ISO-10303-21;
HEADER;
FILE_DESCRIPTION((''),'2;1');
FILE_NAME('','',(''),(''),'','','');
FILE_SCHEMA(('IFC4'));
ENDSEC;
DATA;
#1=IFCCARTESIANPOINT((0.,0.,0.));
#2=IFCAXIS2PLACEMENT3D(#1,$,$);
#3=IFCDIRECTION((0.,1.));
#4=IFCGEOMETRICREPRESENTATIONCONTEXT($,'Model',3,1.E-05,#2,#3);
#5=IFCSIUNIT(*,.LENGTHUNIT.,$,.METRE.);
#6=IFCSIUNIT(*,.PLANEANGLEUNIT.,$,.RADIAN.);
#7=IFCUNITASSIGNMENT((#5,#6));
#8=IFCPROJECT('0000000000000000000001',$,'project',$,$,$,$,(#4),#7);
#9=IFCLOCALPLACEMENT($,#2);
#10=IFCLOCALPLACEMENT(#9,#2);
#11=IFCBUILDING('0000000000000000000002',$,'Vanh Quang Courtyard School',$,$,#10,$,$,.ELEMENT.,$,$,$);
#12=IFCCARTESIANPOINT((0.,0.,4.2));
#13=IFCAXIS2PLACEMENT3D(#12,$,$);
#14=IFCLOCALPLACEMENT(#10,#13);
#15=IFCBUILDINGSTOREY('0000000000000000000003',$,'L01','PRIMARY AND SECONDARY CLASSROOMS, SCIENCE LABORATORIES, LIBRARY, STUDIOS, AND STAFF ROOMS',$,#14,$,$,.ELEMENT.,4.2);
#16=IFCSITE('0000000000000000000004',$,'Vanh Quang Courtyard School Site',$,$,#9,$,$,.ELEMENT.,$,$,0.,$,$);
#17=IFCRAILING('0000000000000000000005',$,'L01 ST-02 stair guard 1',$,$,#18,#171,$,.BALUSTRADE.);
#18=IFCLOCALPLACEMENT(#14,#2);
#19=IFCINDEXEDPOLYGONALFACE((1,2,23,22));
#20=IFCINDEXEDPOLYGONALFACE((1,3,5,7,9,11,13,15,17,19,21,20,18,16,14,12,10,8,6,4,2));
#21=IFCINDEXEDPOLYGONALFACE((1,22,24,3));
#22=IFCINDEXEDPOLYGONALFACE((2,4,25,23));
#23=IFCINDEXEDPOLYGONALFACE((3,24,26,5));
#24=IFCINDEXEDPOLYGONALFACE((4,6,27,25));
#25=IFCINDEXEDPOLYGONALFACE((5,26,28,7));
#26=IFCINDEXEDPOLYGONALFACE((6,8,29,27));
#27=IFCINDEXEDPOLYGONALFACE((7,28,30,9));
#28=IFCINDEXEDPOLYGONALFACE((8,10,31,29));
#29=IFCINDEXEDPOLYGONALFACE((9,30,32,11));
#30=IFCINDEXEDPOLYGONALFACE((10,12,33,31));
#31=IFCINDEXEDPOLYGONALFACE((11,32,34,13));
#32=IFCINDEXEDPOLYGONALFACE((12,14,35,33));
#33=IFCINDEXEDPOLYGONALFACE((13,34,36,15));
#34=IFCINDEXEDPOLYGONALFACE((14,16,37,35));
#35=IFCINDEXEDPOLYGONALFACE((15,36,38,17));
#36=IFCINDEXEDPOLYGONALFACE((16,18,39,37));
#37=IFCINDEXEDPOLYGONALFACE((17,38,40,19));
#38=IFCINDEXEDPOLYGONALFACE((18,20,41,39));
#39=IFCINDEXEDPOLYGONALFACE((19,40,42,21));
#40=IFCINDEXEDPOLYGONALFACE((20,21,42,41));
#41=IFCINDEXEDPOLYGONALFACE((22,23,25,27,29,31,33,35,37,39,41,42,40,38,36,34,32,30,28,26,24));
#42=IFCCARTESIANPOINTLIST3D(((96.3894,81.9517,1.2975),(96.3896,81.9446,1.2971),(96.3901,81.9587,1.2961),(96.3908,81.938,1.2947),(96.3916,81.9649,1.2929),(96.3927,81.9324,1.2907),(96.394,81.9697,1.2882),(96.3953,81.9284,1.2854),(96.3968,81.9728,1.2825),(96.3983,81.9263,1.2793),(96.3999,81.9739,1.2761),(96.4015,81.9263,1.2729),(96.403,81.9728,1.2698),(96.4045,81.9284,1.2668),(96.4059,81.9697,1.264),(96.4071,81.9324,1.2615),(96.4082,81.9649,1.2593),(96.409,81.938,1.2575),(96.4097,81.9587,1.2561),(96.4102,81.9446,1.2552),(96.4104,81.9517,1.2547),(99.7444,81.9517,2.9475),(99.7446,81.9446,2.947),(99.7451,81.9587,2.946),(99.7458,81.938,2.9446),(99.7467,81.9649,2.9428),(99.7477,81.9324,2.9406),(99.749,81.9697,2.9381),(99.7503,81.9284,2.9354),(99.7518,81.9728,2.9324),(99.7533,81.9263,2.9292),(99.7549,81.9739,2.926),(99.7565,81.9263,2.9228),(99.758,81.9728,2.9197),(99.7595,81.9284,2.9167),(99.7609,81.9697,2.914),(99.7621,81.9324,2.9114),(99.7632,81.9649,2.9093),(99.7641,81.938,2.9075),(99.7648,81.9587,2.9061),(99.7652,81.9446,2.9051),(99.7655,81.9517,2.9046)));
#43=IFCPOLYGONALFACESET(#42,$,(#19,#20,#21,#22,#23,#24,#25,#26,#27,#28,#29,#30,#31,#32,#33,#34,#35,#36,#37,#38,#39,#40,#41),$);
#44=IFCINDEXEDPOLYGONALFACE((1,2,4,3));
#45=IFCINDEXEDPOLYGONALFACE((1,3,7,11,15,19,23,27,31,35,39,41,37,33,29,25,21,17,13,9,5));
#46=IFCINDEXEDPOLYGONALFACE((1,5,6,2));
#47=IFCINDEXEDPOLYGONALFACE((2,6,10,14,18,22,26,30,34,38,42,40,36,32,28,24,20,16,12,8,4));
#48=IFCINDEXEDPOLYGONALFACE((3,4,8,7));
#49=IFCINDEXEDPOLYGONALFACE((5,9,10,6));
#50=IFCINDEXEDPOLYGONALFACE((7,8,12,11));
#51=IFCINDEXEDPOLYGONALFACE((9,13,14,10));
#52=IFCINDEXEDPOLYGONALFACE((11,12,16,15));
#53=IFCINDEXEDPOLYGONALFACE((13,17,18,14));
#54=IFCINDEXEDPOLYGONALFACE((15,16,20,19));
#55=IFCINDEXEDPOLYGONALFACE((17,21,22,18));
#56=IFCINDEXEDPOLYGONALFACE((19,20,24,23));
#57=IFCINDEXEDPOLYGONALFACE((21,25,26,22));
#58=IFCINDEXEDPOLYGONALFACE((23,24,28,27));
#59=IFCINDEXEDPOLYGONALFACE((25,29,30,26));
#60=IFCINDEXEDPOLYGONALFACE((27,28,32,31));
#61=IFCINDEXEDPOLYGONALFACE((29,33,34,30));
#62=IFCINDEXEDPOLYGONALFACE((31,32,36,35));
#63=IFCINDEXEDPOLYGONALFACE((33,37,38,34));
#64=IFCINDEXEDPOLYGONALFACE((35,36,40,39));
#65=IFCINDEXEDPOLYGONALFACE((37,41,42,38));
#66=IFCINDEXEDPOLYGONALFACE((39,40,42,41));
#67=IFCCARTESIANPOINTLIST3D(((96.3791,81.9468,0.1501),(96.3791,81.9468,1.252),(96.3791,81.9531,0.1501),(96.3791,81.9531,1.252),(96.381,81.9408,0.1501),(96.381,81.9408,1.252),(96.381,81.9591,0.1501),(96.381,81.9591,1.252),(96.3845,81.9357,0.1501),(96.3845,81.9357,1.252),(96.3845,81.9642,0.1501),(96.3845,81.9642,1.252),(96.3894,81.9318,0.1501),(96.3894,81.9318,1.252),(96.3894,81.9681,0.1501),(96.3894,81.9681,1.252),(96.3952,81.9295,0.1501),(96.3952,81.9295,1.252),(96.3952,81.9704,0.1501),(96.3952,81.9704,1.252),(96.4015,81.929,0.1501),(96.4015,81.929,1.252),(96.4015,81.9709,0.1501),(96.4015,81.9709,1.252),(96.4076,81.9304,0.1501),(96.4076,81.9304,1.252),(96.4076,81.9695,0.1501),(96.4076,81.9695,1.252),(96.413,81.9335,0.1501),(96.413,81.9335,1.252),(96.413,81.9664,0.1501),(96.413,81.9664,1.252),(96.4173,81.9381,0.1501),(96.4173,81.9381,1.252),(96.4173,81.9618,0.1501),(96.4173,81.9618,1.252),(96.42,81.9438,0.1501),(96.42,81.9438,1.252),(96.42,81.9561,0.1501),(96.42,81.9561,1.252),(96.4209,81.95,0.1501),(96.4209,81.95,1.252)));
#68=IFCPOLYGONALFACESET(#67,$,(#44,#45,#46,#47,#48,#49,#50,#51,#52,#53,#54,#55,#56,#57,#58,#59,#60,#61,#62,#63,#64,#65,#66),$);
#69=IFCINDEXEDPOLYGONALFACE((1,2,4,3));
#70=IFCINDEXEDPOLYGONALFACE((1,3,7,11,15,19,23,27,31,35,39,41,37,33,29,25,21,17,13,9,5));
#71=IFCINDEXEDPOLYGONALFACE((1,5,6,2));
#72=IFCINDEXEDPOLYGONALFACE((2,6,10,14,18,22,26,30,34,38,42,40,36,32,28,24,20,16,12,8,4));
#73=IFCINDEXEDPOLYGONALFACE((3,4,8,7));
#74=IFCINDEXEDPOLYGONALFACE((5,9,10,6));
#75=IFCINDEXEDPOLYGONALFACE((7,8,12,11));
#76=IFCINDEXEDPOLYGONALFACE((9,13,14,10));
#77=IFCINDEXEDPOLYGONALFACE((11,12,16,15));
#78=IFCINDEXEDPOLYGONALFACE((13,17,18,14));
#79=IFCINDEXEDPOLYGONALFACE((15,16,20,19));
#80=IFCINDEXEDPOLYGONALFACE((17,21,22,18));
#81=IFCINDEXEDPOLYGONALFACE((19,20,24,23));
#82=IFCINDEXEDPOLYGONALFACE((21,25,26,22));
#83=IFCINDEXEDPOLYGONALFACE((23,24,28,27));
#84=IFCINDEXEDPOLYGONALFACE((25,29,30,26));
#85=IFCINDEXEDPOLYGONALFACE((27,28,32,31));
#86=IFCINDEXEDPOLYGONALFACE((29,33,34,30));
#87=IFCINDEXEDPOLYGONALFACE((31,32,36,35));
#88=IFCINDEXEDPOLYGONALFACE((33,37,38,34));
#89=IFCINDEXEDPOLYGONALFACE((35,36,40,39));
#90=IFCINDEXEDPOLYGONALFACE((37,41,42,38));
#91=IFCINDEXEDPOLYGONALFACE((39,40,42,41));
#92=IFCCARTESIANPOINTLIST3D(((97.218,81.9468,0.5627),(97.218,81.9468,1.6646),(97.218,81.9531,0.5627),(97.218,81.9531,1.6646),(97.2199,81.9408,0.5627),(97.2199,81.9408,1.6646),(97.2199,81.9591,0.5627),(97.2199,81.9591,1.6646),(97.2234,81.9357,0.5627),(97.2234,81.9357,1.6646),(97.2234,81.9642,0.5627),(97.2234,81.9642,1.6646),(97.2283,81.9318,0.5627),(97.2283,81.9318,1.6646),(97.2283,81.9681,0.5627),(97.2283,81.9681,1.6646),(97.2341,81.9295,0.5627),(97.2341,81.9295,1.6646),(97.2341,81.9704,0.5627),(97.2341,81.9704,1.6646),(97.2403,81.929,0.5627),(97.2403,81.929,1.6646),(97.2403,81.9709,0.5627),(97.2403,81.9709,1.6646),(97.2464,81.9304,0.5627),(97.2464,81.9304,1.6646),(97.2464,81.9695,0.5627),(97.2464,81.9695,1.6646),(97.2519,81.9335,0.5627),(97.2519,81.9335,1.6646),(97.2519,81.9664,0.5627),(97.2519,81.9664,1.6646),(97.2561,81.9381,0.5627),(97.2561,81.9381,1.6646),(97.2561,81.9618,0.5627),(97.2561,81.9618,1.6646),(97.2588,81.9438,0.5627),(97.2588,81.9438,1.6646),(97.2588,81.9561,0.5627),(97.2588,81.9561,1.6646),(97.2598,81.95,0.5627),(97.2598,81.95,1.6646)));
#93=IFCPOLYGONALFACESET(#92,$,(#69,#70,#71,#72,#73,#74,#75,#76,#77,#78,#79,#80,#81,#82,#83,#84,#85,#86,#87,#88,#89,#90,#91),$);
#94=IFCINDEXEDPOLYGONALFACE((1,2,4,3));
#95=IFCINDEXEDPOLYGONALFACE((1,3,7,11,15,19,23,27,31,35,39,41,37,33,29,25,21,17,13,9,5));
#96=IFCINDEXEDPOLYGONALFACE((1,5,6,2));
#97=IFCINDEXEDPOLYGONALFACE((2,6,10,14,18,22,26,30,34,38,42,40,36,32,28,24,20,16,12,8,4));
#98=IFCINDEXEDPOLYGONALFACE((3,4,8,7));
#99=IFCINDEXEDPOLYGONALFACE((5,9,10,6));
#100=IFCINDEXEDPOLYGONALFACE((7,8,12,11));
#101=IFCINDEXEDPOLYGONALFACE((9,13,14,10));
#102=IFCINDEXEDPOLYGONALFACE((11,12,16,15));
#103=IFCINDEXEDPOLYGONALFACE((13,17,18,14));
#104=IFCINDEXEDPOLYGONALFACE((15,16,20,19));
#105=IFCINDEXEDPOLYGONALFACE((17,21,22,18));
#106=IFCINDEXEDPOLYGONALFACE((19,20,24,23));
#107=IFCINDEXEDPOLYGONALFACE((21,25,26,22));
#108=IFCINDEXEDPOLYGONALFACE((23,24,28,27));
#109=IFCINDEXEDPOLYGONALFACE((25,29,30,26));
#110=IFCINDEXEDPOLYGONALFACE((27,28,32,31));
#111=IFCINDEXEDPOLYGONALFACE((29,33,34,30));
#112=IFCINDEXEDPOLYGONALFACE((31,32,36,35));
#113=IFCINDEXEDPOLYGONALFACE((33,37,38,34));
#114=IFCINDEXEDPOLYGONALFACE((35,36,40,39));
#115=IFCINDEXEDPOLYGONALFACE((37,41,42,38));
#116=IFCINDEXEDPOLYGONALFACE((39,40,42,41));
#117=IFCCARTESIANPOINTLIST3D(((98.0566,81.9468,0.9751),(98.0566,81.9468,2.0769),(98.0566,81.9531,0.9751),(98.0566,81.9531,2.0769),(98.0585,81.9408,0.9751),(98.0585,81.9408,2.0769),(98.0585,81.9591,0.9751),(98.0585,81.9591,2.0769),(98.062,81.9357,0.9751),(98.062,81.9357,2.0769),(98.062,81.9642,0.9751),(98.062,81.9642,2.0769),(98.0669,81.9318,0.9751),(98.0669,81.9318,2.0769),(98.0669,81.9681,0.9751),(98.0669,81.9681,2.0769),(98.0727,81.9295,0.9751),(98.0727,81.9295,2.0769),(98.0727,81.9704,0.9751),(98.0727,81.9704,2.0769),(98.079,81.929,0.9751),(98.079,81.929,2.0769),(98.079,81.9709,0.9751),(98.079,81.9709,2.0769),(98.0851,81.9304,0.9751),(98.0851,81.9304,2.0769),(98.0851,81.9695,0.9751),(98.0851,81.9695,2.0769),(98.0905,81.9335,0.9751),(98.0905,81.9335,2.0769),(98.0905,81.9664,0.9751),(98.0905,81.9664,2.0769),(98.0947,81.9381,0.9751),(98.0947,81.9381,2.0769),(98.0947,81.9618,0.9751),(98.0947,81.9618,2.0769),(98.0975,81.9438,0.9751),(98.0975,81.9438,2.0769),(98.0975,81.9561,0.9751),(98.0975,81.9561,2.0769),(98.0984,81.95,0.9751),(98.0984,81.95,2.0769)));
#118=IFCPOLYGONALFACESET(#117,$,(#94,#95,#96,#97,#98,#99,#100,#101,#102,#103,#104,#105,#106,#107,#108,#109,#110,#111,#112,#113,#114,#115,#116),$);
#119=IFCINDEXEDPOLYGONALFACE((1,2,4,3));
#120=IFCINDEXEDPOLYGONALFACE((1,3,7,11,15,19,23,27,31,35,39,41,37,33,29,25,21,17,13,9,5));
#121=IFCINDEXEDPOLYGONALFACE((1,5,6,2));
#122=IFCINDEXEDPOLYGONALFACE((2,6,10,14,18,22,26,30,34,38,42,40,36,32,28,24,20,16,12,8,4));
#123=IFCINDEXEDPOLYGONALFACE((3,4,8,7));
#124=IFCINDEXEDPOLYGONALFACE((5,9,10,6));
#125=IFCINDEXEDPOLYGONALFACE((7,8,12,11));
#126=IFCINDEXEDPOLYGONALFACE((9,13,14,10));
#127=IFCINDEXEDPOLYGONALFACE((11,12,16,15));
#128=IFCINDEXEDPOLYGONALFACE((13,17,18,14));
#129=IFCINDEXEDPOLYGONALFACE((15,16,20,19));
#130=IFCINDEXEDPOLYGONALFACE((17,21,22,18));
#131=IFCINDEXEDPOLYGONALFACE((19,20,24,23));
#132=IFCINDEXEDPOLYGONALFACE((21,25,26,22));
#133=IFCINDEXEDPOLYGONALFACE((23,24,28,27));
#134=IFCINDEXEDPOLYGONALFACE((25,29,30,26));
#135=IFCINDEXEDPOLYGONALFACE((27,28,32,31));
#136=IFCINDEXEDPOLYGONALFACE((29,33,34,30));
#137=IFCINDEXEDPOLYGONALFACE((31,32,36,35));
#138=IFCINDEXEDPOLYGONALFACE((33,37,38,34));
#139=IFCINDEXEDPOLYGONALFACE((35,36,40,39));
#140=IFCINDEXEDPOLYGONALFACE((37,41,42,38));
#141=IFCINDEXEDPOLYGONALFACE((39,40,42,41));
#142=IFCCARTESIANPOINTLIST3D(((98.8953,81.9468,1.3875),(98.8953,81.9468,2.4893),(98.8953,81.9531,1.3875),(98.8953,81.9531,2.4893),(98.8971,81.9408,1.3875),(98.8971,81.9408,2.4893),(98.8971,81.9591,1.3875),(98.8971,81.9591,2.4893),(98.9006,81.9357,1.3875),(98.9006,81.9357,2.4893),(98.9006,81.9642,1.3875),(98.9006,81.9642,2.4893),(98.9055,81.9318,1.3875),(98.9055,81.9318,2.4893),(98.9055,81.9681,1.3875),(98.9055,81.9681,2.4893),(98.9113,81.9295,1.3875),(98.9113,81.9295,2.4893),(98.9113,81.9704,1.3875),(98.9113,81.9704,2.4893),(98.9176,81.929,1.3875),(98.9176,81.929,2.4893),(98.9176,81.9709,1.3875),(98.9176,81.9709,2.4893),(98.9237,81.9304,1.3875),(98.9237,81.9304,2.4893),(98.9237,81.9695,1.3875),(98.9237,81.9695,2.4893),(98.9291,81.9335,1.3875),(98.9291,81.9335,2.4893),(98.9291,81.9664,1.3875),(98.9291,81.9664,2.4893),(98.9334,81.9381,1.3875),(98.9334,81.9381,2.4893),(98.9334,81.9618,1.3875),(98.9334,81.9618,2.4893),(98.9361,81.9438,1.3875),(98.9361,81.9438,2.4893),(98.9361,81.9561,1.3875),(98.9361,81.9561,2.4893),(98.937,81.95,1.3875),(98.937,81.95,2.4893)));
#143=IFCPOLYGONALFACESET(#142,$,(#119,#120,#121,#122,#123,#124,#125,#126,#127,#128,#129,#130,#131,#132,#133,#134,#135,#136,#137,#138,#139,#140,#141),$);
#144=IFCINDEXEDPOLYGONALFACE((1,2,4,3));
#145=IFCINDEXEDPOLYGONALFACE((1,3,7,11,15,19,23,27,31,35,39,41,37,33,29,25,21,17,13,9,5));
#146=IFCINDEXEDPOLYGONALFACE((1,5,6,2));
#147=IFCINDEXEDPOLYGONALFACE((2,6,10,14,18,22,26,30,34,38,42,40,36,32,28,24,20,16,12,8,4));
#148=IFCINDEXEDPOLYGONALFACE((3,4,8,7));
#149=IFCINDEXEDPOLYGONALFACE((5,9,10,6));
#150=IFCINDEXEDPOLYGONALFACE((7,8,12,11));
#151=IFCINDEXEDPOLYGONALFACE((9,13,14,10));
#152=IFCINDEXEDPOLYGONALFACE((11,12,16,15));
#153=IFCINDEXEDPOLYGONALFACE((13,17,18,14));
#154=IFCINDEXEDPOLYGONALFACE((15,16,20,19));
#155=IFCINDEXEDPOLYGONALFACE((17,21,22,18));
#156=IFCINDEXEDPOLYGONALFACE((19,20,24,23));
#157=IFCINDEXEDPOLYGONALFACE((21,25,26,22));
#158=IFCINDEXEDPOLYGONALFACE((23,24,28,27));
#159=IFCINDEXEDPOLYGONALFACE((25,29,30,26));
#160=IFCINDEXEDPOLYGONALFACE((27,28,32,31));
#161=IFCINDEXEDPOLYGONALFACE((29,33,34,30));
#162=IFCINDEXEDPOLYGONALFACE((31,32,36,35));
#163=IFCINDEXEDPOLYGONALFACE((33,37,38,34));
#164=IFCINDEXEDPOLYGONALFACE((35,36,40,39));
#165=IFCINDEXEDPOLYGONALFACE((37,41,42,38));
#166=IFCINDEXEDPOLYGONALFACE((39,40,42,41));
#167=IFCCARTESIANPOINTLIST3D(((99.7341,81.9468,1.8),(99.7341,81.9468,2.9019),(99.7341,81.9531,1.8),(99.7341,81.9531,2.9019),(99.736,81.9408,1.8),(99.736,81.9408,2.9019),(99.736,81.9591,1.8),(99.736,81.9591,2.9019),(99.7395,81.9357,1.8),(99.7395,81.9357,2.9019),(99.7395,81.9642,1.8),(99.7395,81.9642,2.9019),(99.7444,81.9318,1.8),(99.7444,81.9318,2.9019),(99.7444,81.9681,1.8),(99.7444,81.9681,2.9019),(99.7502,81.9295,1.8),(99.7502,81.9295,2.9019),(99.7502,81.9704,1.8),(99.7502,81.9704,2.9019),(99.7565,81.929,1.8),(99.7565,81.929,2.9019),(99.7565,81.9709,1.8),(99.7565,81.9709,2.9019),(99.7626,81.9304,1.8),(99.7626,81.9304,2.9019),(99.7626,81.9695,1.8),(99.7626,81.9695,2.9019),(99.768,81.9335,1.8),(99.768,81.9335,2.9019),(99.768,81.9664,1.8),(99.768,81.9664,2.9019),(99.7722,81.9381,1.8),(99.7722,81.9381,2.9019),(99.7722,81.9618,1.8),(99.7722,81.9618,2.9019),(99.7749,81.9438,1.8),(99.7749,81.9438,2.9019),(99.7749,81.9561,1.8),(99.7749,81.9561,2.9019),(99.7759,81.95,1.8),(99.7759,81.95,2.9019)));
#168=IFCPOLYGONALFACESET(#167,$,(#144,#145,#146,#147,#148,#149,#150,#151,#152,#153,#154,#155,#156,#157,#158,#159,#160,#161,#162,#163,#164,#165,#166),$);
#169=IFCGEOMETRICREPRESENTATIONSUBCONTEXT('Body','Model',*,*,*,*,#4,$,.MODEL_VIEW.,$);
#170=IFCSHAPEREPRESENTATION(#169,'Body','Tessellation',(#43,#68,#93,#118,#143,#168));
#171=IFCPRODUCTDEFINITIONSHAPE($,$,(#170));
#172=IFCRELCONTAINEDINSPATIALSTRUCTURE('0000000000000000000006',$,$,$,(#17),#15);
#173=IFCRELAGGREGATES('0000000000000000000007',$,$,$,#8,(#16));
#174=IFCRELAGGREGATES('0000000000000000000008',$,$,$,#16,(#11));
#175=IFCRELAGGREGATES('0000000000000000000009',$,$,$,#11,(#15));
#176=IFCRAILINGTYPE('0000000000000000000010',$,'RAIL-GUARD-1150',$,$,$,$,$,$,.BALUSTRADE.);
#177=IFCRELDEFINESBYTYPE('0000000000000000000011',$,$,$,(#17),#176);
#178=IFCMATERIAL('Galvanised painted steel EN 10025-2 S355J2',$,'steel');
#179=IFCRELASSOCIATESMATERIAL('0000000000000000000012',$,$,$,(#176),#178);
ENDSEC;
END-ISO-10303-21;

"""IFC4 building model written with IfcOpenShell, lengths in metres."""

from ifc_helpers import new_model, si_unit, direction, frame, origin, origin_2d, place, context, subcontext, project, spatial, circle, extrude, material, type_object, element, save


model = new_model("IFC4")

# Units and contexts
model_context = context("Model", 3, precision=1e-05, world=origin(), true_north=direction((0.0, 1.0)))
body_context = subcontext(model_context, "Body", "Model", "MODEL_VIEW")
ifc_project = project(units=[si_unit("LENGTHUNIT", "METRE"), si_unit("PLANEANGLEUNIT", "RADIAN")], contexts=[model_context])

# Site, building, storey
site_placement = place(None, origin())
site = spatial("IfcSite", under=ifc_project, at=site_placement, Name="Vanh Quang Courtyard School Site", CompositionType="ELEMENT", RefElevation=0.0)
building_placement = place(site_placement, origin())
building = spatial("IfcBuilding", under=site, at=building_placement, Name="Vanh Quang Courtyard School", CompositionType="ELEMENT")
storey_placement = place(building_placement, frame((0.0, 0.0, 4.2)))
storey = spatial("IfcBuildingStorey", under=building, at=storey_placement, Name="L01", Description="PRIMARY AND SECONDARY CLASSROOMS, SCIENCE LABORATORIES, LIBRARY, STUDIOS, AND STAFF ROOMS", CompositionType="ELEMENT", Elevation=4.2)

# Railing
ifc_material_1 = material(Name="Galvanised painted steel EN 10025-2 S355J2", Category="steel")
railing_type_1 = type_object("IfcRailingType", Name="RAIL-GUARD-1150", PredefinedType="BALUSTRADE", material=ifc_material_1)
railing_1_placement = place(storey_placement, frame((96.3999, 81.95, 0.1501)))
element("IfcRailing", 1, at=railing_1_placement, inside=storey, type_object=railing_type_1, Name="L01 ST-02 stair guard 1", PredefinedType="BALUSTRADE", context=body_context, shape_type="SweptSolid", body=[
    extrude(circle(Radius=0.0239, at=origin_2d()), frame((0.0, 0.0, 1.126), z_axis=(0.897359, 0.0, 0.441301), x_axis=(0.0, 1.0, 0.0)), (0.0, 0.0, 1.0), 3.7388),
    extrude(circle(Radius=0.021, at=origin_2d()), origin(), (0.0, 0.0, 1.0), 1.1018),
    extrude(circle(Radius=0.021, at=origin_2d()), frame((0.8389, 0.0, 0.4126)), (0.0, 0.0, 1.0), 1.1018),
    extrude(circle(Radius=0.021, at=origin_2d()), frame((1.6775, 0.0, 0.825)), (0.0, 0.0, 1.0), 1.1018),
    extrude(circle(Radius=0.021, at=origin_2d()), frame((2.5161, 0.0, 1.2373)), (0.0, 0.0, 1.0), 1.1018),
    extrude(circle(Radius=0.021, at=origin_2d()), frame((3.355, 0.0, 1.6499)), (0.0, 0.0, 1.0), 1.1018),
])

save(model, "model.ifc")
